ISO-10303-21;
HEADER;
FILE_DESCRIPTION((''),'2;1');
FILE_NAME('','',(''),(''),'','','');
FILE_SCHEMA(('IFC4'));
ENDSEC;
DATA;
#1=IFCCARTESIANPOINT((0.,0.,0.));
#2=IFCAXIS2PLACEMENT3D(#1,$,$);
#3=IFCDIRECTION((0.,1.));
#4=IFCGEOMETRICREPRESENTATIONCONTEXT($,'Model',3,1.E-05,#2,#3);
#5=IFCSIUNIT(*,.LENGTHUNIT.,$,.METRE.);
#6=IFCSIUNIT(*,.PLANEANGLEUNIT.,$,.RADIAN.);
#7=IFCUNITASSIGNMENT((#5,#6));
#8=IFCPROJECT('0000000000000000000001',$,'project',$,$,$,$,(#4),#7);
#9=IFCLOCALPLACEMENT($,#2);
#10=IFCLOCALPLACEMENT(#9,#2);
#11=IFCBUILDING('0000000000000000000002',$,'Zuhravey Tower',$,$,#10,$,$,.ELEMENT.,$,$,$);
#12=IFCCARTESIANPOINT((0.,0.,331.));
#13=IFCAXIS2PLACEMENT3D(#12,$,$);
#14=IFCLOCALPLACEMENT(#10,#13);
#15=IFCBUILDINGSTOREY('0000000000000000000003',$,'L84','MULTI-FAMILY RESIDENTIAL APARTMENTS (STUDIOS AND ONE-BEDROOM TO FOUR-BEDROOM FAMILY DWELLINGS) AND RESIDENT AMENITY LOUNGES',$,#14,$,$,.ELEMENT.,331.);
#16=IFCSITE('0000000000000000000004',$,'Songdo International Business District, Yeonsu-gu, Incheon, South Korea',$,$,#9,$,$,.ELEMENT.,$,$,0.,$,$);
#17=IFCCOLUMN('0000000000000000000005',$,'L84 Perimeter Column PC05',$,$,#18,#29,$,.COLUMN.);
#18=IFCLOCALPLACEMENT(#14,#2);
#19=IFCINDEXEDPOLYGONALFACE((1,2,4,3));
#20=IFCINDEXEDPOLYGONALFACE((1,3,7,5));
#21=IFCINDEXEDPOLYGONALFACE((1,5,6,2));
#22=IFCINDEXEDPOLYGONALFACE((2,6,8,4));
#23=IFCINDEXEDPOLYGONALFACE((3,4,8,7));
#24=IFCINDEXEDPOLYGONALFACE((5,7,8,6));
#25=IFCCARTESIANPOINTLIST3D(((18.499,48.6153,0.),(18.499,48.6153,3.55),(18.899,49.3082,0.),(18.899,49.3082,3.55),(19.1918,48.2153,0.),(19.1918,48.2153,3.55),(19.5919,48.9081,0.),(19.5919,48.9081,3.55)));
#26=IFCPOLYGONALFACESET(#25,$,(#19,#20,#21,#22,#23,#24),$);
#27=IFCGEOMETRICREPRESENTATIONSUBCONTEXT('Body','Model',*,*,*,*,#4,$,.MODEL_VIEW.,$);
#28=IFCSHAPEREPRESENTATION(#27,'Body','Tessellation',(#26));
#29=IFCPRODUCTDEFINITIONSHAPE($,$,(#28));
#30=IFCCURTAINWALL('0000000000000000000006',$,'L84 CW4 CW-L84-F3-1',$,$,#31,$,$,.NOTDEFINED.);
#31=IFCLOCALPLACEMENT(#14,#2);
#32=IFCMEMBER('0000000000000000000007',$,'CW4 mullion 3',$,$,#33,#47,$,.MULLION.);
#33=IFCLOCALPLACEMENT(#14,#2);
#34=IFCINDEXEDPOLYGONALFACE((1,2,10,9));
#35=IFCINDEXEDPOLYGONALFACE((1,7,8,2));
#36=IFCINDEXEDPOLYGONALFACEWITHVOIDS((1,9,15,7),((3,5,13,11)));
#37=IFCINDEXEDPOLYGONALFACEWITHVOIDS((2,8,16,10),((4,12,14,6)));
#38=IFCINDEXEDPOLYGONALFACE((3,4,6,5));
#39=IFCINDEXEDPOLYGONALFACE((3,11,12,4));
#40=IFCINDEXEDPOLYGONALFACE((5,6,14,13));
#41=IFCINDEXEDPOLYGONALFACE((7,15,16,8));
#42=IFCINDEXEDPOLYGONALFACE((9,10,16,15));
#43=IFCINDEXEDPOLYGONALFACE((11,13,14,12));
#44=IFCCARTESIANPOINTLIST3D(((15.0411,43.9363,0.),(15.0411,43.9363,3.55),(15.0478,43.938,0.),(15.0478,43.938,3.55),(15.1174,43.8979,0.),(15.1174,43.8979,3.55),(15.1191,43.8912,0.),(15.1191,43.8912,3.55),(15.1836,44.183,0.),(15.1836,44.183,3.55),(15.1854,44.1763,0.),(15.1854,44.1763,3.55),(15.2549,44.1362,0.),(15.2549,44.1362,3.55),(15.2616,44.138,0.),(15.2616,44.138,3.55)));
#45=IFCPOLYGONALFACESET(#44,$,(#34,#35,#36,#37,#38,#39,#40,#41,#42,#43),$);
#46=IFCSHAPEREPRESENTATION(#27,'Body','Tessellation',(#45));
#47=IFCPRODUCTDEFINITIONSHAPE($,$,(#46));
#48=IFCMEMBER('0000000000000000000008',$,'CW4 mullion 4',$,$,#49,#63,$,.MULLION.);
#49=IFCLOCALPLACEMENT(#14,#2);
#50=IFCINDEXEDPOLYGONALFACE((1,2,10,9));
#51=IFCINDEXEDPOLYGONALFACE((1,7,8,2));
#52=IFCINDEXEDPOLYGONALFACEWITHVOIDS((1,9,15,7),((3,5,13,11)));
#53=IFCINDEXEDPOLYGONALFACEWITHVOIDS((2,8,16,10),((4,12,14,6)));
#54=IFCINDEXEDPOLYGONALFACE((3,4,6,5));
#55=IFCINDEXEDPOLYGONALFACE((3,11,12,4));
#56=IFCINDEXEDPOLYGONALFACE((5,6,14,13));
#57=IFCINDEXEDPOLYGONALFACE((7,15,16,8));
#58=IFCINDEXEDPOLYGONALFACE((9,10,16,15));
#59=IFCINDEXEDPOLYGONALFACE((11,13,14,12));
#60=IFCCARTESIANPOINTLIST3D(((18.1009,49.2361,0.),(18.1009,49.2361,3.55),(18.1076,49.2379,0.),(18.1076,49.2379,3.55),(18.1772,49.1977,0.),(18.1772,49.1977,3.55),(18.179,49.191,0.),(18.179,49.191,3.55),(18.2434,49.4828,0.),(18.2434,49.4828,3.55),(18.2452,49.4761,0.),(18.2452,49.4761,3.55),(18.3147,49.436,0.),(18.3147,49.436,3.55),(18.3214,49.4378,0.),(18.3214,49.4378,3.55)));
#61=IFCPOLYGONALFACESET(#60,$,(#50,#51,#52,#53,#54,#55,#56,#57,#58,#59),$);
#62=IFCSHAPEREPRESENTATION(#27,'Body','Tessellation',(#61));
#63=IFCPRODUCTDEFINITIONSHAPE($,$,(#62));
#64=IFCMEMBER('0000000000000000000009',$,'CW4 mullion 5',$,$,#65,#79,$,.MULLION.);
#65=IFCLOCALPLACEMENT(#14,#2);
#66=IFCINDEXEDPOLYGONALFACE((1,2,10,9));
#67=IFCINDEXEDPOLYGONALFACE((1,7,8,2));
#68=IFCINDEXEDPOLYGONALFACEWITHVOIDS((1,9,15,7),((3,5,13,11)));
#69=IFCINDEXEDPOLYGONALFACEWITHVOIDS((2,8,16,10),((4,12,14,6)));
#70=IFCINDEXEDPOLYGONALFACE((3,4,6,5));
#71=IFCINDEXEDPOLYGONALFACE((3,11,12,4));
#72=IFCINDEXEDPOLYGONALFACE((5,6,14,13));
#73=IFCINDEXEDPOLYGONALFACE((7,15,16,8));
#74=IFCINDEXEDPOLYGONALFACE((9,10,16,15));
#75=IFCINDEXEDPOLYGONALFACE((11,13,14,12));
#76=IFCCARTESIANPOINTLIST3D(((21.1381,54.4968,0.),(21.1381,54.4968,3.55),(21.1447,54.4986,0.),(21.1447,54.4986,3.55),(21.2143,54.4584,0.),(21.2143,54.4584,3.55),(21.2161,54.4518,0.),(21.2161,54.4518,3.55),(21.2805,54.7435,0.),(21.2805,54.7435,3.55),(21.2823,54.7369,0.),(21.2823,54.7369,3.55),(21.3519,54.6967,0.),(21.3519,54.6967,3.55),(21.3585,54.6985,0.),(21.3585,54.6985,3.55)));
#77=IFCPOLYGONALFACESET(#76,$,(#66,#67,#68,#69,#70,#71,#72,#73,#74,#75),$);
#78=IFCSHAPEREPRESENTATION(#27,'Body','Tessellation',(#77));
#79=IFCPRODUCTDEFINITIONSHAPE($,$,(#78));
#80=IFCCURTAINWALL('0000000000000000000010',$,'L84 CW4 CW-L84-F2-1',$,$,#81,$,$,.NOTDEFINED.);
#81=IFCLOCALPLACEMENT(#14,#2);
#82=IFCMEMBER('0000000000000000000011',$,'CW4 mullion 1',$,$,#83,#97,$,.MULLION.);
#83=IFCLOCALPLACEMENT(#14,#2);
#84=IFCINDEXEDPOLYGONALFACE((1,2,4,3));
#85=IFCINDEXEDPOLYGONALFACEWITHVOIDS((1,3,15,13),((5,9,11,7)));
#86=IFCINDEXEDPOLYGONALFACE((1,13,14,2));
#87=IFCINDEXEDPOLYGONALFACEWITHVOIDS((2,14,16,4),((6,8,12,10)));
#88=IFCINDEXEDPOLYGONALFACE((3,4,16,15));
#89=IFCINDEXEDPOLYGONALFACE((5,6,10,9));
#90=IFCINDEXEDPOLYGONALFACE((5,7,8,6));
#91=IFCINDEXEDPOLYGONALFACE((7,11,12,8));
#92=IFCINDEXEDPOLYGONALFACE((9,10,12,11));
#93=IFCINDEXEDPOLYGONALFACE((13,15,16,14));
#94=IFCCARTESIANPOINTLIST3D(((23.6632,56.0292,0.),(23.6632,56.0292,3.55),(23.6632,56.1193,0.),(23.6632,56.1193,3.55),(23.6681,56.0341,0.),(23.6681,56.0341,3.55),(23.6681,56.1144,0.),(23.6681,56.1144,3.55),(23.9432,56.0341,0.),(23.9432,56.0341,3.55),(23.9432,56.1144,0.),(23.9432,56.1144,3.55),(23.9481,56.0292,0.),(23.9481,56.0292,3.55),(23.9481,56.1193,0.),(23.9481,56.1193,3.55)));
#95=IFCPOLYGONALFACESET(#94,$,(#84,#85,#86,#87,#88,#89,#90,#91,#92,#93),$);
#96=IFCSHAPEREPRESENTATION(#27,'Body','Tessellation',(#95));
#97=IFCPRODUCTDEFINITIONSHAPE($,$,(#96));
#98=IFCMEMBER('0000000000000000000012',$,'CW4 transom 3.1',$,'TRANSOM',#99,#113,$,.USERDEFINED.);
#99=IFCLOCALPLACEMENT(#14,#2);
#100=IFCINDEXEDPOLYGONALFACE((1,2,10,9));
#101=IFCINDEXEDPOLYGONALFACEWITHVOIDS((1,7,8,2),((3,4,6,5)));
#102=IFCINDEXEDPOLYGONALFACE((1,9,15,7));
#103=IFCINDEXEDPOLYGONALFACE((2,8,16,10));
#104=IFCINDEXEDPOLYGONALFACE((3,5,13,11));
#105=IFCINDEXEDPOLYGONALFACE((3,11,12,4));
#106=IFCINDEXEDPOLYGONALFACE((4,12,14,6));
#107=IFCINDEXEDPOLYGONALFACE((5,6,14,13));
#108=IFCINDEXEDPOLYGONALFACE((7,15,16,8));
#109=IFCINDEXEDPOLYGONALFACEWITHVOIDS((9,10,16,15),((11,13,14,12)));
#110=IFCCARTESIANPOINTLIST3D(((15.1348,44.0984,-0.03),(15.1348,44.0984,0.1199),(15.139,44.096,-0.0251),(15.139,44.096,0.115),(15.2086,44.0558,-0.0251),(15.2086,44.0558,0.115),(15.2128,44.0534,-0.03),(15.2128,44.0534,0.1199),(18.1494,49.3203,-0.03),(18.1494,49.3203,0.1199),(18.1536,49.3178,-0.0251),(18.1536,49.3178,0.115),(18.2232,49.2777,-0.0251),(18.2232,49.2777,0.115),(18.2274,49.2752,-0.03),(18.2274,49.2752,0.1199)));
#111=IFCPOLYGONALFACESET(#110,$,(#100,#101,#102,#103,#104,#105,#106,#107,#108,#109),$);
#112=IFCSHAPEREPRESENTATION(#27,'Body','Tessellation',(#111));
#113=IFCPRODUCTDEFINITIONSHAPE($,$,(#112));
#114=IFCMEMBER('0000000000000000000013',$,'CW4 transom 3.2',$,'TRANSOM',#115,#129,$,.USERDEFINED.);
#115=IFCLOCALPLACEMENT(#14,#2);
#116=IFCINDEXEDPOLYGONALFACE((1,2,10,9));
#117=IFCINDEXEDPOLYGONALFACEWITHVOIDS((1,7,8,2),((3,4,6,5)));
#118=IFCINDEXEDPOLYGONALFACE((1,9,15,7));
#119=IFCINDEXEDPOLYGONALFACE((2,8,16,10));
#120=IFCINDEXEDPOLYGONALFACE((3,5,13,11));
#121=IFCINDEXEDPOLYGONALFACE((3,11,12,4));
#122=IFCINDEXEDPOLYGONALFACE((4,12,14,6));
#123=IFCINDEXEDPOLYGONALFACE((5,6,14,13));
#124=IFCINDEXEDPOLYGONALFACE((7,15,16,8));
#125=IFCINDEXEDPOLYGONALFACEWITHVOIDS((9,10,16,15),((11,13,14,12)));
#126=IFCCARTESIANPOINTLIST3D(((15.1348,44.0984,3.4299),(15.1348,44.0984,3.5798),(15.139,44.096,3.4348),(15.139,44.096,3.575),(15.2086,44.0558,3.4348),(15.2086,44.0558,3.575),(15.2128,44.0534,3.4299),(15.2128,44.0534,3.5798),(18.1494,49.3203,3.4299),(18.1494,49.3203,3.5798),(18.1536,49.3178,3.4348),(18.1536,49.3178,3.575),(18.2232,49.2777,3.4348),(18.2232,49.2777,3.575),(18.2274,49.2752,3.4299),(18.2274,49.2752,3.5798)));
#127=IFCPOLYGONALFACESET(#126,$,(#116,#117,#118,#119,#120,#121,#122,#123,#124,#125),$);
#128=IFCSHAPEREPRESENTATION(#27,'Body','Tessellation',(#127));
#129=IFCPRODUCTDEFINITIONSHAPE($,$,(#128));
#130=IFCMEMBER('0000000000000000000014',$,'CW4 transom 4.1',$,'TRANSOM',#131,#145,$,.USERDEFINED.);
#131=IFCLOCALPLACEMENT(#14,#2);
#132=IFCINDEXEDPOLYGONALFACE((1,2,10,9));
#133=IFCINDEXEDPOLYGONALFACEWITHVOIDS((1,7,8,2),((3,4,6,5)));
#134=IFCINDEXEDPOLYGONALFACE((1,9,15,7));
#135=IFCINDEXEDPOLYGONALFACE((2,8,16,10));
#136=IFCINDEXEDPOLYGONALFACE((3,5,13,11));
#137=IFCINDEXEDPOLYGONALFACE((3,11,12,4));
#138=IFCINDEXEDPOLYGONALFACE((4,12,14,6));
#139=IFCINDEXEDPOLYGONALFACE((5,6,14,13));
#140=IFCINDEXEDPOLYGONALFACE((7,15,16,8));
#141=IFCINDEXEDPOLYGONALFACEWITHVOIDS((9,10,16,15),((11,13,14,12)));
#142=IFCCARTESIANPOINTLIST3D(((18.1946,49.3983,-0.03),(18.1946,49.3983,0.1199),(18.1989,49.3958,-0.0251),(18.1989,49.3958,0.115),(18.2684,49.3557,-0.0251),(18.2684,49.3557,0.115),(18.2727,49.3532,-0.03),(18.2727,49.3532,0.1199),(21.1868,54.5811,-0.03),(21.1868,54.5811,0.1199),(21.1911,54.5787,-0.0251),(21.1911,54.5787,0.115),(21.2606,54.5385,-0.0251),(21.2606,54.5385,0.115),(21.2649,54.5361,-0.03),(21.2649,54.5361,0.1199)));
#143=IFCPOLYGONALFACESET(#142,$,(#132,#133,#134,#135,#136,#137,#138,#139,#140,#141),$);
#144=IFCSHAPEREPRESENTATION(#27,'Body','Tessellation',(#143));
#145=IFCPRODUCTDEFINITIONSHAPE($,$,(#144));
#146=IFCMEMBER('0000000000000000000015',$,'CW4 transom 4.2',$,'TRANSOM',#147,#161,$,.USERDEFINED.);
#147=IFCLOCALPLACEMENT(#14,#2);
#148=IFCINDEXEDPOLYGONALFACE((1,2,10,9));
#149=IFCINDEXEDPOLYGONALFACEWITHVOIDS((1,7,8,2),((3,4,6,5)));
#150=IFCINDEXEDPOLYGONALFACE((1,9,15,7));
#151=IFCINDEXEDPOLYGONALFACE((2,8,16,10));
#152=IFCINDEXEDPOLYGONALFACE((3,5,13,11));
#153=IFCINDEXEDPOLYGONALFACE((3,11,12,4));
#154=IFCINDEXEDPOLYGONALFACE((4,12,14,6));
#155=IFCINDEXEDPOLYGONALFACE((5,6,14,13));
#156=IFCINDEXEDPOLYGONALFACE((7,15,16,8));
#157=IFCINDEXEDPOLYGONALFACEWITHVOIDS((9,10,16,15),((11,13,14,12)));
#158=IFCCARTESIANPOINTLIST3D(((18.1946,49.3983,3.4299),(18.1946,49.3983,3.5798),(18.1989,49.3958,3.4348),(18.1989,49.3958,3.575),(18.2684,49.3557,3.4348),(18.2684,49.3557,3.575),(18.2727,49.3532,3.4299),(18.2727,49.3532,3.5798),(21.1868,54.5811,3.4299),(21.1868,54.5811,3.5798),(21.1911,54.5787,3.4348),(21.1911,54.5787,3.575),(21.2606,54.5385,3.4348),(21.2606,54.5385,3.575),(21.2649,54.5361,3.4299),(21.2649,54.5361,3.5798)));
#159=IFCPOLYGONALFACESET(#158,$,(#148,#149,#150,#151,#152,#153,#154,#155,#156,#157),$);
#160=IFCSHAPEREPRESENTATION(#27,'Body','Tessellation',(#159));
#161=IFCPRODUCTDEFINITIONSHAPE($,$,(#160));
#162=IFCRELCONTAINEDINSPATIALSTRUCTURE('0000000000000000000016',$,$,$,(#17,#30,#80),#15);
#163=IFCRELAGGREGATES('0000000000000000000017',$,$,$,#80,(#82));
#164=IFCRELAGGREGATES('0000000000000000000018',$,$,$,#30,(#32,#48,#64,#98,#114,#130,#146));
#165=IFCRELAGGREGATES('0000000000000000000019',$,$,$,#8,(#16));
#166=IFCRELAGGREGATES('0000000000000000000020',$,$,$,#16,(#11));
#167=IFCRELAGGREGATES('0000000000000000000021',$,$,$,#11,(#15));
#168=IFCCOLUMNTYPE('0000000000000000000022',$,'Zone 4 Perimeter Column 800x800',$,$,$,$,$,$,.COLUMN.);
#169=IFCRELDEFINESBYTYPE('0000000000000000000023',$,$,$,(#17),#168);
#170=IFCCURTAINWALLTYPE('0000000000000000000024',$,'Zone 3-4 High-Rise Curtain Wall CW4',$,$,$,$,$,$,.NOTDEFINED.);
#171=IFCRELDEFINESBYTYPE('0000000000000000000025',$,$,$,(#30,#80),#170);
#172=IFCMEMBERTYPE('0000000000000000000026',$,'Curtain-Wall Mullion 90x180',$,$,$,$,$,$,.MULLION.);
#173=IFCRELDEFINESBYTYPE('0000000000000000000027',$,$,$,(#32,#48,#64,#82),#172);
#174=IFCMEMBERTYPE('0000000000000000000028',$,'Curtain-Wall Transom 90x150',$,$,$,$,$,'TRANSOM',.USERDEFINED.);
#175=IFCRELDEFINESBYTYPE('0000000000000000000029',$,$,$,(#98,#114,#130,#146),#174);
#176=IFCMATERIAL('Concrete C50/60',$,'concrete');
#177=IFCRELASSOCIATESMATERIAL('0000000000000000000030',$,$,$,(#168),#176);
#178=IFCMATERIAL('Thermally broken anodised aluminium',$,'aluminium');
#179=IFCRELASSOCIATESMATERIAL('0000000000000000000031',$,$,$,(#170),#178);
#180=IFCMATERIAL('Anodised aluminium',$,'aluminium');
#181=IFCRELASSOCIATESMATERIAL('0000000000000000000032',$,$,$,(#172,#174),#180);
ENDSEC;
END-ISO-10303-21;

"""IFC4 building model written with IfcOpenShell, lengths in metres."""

from ifc_helpers import new_model, si_unit, direction, frame, origin, origin_2d, place, context, subcontext, project, spatial, rectangle, hollow_rectangle, extrude, material, material_profile, profile_set, type_object, element, aggregate, save


model = new_model("IFC4")

# Units and contexts
model_context = context("Model", 3, precision=1e-05, world=origin(), true_north=direction((0.0, 1.0)))
body_context = subcontext(model_context, "Body", "Model", "MODEL_VIEW")
ifc_project = project(units=[si_unit("LENGTHUNIT", "METRE"), si_unit("PLANEANGLEUNIT", "RADIAN")], contexts=[model_context])

# Site, building, storey
site_placement = place(None, origin())
site = spatial("IfcSite", under=ifc_project, at=site_placement, Name="Songdo International Business District, Yeonsu-gu, Incheon, South Korea", CompositionType="ELEMENT", RefElevation=0.0)
building_placement = place(site_placement, origin())
building = spatial("IfcBuilding", under=site, at=building_placement, Name="Zuhravey Tower", CompositionType="ELEMENT")
storey_placement = place(building_placement, frame((0.0, 0.0, 331.0)))
storey = spatial("IfcBuildingStorey", under=building, at=storey_placement, Name="L84", Description="MULTI-FAMILY RESIDENTIAL APARTMENTS (STUDIOS AND ONE-BEDROOM TO FOUR-BEDROOM FAMILY DWELLINGS) AND RESIDENT AMENITY LOUNGES", CompositionType="ELEMENT", Elevation=331.0)

# Column
ifc_material_1 = material(Name="Concrete C50/60", Category="concrete")
ifc_material_profile_1 = material_profile(ifc_material_1, rectangle(XDim=0.8, YDim=0.8, at=origin_2d()), Name="RC-800x800")
ifc_profile_set_1 = profile_set([ifc_material_profile_1], Name="Concrete C50/60")
column_type = type_object("IfcColumnType", Name="Zone 4 Perimeter Column 800x800", PredefinedType="COLUMN", material=ifc_profile_set_1)
column_placement = place(storey_placement, frame((19.0454, 48.7617, 0.0), z_axis=(0.0, 0.0, 1.0), x_axis=(-0.5, -0.866025, 0.0)))
element("IfcColumn", 1, at=column_placement, inside=storey, type_object=column_type, Name="L84 Perimeter Column PC05", PredefinedType="COLUMN", context=body_context, shape_type="SweptSolid", body=[
    extrude(rectangle(XDim=0.8, YDim=0.8, at=origin_2d()), origin(), (0.0, 0.0, 1.0), 3.55),
])

# Curtain wall, members
ifc_material_2 = material(Name="Thermally broken anodised aluminium", Category="aluminium")
curtain_wall_type = type_object("IfcCurtainWallType", Name="Zone 3-4 High-Rise Curtain Wall CW4", PredefinedType="NOTDEFINED", material=ifc_material_2)
curtain_wall_1_placement = place(storey_placement, origin())
curtain_wall_1 = element("IfcCurtainWall", 2, at=curtain_wall_1_placement, inside=storey, type_object=curtain_wall_type, Name="L84 CW4 CW-L84-F3-1", PredefinedType="NOTDEFINED")
ifc_material_3 = material(Name="Anodised aluminium", Category="aluminium")
ifc_material_profile_2 = material_profile(ifc_material_3, hollow_rectangle(XDim=0.0901, YDim=0.2849, WallThickness=0.0049, at=origin_2d()), Name="ALU-RHS-90x285x5")
ifc_profile_set_2 = profile_set([ifc_material_profile_2], Name="Anodised aluminium")
member_type_1 = type_object("IfcMemberType", Name="Curtain-Wall Mullion 90x180", PredefinedType="MULLION", material=ifc_profile_set_2)
member_1_placement = place(storey_placement, frame((15.1514, 44.0371, 0.0), z_axis=(0.0, 0.0, 1.0), x_axis=(-0.866026, 0.5, 0.0)))
member_1 = element("IfcMember", 3, at=member_1_placement, type_object=member_type_1, Name="CW4 mullion 3", PredefinedType="MULLION", context=body_context, shape_type="SweptSolid", body=[
    extrude(hollow_rectangle(XDim=0.0901, YDim=0.2849, WallThickness=0.0049, at=origin_2d()), origin(), (0.0, 0.0, 1.0), 3.55),
])
member_2_placement = place(storey_placement, frame((18.2112, 49.3369, 0.0), z_axis=(0.0, 0.0, 1.0), x_axis=(-0.866026, 0.5, 0.0)))
member_2 = element("IfcMember", 4, at=member_2_placement, type_object=member_type_1, Name="CW4 mullion 4", PredefinedType="MULLION", context=body_context, shape_type="SweptSolid", body=[
    extrude(hollow_rectangle(XDim=0.0901, YDim=0.2849, WallThickness=0.0049, at=origin_2d()), origin(), (0.0, 0.0, 1.0), 3.55),
])
member_3_placement = place(storey_placement, frame((21.2483, 54.5977, 0.0), z_axis=(0.0, 0.0, 1.0), x_axis=(-0.866026, 0.5, 0.0)))
member_3 = element("IfcMember", 5, at=member_3_placement, type_object=member_type_1, Name="CW4 mullion 5", PredefinedType="MULLION", context=body_context, shape_type="SweptSolid", body=[
    extrude(hollow_rectangle(XDim=0.0901, YDim=0.2849, WallThickness=0.0049, at=origin_2d()), origin(), (0.0, 0.0, 1.0), 3.55),
])

# Curtain wall, member
curtain_wall_2_placement = place(storey_placement, origin())
curtain_wall_2 = element("IfcCurtainWall", 6, at=curtain_wall_2_placement, inside=storey, type_object=curtain_wall_type, Name="L84 CW4 CW-L84-F2-1", PredefinedType="NOTDEFINED")
member_4_placement = place(storey_placement, frame((23.8057, 56.0742, 0.0), z_axis=(0.0, 0.0, 1.0), x_axis=(0.0, 1.0, 0.0)))
member_4 = element("IfcMember", 7, at=member_4_placement, type_object=member_type_1, Name="CW4 mullion 1", PredefinedType="MULLION", context=body_context, shape_type="SweptSolid", body=[
    extrude(hollow_rectangle(XDim=0.0901, YDim=0.2849, WallThickness=0.0049, at=origin_2d()), origin(), (0.0, 0.0, 1.0), 3.55),
])
aggregate(curtain_wall_2, [member_4])

# Members
ifc_material_profile_3 = material_profile(ifc_material_3, hollow_rectangle(XDim=0.0901, YDim=0.1499, WallThickness=0.0049, at=origin_2d()), Name="ALU-RHS-90x150x5")
ifc_profile_set_3 = profile_set([ifc_material_profile_3], Name="Anodised aluminium")
member_type_2 = type_object("IfcMemberType", Name="Curtain-Wall Transom 90x150", ElementType="TRANSOM", PredefinedType="USERDEFINED", material=ifc_profile_set_3)
member_5_placement = place(storey_placement, frame((15.1738, 44.0759, 0.0449), z_axis=(0.499971, 0.866042, 0.0), x_axis=(-0.866042, 0.499971, 0.0)))
member_5 = element("IfcMember", 8, at=member_5_placement, type_object=member_type_2, Name="CW4 transom 3.1", ObjectType="TRANSOM", PredefinedType="USERDEFINED", context=body_context, shape_type="SweptSolid", body=[
    extrude(hollow_rectangle(XDim=0.0901, YDim=0.1499, WallThickness=0.0049, at=origin_2d()), origin(), (0.0, 0.0, 1.0), 6.0295),
])
member_6_placement = place(storey_placement, frame((15.1738, 44.0759, 3.5049), z_axis=(0.499971, 0.866042, 0.0), x_axis=(-0.866042, 0.499971, 0.0)))
member_6 = element("IfcMember", 9, at=member_6_placement, type_object=member_type_2, Name="CW4 transom 3.2", ObjectType="TRANSOM", PredefinedType="USERDEFINED", context=body_context, shape_type="SweptSolid", body=[
    extrude(hollow_rectangle(XDim=0.0901, YDim=0.1499, WallThickness=0.0049, at=origin_2d()), origin(), (0.0, 0.0, 1.0), 6.0295),
])
member_7_placement = place(storey_placement, frame((18.2336, 49.3757, 0.0449), z_axis=(0.499983, 0.866035, 0.0), x_axis=(-0.866035, 0.499983, 0.0)))
member_7 = element("IfcMember", 10, at=member_7_placement, type_object=member_type_2, Name="CW4 transom 4.1", ObjectType="TRANSOM", PredefinedType="USERDEFINED", context=body_context, shape_type="SweptSolid", body=[
    extrude(hollow_rectangle(XDim=0.0901, YDim=0.1499, WallThickness=0.0049, at=origin_2d()), origin(), (0.0, 0.0, 1.0), 5.9846),
])
member_8_placement = place(storey_placement, frame((18.2336, 49.3757, 3.5049), z_axis=(0.499983, 0.866035, 0.0), x_axis=(-0.866035, 0.499983, 0.0)))
member_8 = element("IfcMember", 11, at=member_8_placement, type_object=member_type_2, Name="CW4 transom 4.2", ObjectType="TRANSOM", PredefinedType="USERDEFINED", context=body_context, shape_type="SweptSolid", body=[
    extrude(hollow_rectangle(XDim=0.0901, YDim=0.1499, WallThickness=0.0049, at=origin_2d()), origin(), (0.0, 0.0, 1.0), 5.9846),
])

aggregate(curtain_wall_1, [member_1, member_2, member_3, member_5, member_6, member_7, member_8])

save(model, "model.ifc")
